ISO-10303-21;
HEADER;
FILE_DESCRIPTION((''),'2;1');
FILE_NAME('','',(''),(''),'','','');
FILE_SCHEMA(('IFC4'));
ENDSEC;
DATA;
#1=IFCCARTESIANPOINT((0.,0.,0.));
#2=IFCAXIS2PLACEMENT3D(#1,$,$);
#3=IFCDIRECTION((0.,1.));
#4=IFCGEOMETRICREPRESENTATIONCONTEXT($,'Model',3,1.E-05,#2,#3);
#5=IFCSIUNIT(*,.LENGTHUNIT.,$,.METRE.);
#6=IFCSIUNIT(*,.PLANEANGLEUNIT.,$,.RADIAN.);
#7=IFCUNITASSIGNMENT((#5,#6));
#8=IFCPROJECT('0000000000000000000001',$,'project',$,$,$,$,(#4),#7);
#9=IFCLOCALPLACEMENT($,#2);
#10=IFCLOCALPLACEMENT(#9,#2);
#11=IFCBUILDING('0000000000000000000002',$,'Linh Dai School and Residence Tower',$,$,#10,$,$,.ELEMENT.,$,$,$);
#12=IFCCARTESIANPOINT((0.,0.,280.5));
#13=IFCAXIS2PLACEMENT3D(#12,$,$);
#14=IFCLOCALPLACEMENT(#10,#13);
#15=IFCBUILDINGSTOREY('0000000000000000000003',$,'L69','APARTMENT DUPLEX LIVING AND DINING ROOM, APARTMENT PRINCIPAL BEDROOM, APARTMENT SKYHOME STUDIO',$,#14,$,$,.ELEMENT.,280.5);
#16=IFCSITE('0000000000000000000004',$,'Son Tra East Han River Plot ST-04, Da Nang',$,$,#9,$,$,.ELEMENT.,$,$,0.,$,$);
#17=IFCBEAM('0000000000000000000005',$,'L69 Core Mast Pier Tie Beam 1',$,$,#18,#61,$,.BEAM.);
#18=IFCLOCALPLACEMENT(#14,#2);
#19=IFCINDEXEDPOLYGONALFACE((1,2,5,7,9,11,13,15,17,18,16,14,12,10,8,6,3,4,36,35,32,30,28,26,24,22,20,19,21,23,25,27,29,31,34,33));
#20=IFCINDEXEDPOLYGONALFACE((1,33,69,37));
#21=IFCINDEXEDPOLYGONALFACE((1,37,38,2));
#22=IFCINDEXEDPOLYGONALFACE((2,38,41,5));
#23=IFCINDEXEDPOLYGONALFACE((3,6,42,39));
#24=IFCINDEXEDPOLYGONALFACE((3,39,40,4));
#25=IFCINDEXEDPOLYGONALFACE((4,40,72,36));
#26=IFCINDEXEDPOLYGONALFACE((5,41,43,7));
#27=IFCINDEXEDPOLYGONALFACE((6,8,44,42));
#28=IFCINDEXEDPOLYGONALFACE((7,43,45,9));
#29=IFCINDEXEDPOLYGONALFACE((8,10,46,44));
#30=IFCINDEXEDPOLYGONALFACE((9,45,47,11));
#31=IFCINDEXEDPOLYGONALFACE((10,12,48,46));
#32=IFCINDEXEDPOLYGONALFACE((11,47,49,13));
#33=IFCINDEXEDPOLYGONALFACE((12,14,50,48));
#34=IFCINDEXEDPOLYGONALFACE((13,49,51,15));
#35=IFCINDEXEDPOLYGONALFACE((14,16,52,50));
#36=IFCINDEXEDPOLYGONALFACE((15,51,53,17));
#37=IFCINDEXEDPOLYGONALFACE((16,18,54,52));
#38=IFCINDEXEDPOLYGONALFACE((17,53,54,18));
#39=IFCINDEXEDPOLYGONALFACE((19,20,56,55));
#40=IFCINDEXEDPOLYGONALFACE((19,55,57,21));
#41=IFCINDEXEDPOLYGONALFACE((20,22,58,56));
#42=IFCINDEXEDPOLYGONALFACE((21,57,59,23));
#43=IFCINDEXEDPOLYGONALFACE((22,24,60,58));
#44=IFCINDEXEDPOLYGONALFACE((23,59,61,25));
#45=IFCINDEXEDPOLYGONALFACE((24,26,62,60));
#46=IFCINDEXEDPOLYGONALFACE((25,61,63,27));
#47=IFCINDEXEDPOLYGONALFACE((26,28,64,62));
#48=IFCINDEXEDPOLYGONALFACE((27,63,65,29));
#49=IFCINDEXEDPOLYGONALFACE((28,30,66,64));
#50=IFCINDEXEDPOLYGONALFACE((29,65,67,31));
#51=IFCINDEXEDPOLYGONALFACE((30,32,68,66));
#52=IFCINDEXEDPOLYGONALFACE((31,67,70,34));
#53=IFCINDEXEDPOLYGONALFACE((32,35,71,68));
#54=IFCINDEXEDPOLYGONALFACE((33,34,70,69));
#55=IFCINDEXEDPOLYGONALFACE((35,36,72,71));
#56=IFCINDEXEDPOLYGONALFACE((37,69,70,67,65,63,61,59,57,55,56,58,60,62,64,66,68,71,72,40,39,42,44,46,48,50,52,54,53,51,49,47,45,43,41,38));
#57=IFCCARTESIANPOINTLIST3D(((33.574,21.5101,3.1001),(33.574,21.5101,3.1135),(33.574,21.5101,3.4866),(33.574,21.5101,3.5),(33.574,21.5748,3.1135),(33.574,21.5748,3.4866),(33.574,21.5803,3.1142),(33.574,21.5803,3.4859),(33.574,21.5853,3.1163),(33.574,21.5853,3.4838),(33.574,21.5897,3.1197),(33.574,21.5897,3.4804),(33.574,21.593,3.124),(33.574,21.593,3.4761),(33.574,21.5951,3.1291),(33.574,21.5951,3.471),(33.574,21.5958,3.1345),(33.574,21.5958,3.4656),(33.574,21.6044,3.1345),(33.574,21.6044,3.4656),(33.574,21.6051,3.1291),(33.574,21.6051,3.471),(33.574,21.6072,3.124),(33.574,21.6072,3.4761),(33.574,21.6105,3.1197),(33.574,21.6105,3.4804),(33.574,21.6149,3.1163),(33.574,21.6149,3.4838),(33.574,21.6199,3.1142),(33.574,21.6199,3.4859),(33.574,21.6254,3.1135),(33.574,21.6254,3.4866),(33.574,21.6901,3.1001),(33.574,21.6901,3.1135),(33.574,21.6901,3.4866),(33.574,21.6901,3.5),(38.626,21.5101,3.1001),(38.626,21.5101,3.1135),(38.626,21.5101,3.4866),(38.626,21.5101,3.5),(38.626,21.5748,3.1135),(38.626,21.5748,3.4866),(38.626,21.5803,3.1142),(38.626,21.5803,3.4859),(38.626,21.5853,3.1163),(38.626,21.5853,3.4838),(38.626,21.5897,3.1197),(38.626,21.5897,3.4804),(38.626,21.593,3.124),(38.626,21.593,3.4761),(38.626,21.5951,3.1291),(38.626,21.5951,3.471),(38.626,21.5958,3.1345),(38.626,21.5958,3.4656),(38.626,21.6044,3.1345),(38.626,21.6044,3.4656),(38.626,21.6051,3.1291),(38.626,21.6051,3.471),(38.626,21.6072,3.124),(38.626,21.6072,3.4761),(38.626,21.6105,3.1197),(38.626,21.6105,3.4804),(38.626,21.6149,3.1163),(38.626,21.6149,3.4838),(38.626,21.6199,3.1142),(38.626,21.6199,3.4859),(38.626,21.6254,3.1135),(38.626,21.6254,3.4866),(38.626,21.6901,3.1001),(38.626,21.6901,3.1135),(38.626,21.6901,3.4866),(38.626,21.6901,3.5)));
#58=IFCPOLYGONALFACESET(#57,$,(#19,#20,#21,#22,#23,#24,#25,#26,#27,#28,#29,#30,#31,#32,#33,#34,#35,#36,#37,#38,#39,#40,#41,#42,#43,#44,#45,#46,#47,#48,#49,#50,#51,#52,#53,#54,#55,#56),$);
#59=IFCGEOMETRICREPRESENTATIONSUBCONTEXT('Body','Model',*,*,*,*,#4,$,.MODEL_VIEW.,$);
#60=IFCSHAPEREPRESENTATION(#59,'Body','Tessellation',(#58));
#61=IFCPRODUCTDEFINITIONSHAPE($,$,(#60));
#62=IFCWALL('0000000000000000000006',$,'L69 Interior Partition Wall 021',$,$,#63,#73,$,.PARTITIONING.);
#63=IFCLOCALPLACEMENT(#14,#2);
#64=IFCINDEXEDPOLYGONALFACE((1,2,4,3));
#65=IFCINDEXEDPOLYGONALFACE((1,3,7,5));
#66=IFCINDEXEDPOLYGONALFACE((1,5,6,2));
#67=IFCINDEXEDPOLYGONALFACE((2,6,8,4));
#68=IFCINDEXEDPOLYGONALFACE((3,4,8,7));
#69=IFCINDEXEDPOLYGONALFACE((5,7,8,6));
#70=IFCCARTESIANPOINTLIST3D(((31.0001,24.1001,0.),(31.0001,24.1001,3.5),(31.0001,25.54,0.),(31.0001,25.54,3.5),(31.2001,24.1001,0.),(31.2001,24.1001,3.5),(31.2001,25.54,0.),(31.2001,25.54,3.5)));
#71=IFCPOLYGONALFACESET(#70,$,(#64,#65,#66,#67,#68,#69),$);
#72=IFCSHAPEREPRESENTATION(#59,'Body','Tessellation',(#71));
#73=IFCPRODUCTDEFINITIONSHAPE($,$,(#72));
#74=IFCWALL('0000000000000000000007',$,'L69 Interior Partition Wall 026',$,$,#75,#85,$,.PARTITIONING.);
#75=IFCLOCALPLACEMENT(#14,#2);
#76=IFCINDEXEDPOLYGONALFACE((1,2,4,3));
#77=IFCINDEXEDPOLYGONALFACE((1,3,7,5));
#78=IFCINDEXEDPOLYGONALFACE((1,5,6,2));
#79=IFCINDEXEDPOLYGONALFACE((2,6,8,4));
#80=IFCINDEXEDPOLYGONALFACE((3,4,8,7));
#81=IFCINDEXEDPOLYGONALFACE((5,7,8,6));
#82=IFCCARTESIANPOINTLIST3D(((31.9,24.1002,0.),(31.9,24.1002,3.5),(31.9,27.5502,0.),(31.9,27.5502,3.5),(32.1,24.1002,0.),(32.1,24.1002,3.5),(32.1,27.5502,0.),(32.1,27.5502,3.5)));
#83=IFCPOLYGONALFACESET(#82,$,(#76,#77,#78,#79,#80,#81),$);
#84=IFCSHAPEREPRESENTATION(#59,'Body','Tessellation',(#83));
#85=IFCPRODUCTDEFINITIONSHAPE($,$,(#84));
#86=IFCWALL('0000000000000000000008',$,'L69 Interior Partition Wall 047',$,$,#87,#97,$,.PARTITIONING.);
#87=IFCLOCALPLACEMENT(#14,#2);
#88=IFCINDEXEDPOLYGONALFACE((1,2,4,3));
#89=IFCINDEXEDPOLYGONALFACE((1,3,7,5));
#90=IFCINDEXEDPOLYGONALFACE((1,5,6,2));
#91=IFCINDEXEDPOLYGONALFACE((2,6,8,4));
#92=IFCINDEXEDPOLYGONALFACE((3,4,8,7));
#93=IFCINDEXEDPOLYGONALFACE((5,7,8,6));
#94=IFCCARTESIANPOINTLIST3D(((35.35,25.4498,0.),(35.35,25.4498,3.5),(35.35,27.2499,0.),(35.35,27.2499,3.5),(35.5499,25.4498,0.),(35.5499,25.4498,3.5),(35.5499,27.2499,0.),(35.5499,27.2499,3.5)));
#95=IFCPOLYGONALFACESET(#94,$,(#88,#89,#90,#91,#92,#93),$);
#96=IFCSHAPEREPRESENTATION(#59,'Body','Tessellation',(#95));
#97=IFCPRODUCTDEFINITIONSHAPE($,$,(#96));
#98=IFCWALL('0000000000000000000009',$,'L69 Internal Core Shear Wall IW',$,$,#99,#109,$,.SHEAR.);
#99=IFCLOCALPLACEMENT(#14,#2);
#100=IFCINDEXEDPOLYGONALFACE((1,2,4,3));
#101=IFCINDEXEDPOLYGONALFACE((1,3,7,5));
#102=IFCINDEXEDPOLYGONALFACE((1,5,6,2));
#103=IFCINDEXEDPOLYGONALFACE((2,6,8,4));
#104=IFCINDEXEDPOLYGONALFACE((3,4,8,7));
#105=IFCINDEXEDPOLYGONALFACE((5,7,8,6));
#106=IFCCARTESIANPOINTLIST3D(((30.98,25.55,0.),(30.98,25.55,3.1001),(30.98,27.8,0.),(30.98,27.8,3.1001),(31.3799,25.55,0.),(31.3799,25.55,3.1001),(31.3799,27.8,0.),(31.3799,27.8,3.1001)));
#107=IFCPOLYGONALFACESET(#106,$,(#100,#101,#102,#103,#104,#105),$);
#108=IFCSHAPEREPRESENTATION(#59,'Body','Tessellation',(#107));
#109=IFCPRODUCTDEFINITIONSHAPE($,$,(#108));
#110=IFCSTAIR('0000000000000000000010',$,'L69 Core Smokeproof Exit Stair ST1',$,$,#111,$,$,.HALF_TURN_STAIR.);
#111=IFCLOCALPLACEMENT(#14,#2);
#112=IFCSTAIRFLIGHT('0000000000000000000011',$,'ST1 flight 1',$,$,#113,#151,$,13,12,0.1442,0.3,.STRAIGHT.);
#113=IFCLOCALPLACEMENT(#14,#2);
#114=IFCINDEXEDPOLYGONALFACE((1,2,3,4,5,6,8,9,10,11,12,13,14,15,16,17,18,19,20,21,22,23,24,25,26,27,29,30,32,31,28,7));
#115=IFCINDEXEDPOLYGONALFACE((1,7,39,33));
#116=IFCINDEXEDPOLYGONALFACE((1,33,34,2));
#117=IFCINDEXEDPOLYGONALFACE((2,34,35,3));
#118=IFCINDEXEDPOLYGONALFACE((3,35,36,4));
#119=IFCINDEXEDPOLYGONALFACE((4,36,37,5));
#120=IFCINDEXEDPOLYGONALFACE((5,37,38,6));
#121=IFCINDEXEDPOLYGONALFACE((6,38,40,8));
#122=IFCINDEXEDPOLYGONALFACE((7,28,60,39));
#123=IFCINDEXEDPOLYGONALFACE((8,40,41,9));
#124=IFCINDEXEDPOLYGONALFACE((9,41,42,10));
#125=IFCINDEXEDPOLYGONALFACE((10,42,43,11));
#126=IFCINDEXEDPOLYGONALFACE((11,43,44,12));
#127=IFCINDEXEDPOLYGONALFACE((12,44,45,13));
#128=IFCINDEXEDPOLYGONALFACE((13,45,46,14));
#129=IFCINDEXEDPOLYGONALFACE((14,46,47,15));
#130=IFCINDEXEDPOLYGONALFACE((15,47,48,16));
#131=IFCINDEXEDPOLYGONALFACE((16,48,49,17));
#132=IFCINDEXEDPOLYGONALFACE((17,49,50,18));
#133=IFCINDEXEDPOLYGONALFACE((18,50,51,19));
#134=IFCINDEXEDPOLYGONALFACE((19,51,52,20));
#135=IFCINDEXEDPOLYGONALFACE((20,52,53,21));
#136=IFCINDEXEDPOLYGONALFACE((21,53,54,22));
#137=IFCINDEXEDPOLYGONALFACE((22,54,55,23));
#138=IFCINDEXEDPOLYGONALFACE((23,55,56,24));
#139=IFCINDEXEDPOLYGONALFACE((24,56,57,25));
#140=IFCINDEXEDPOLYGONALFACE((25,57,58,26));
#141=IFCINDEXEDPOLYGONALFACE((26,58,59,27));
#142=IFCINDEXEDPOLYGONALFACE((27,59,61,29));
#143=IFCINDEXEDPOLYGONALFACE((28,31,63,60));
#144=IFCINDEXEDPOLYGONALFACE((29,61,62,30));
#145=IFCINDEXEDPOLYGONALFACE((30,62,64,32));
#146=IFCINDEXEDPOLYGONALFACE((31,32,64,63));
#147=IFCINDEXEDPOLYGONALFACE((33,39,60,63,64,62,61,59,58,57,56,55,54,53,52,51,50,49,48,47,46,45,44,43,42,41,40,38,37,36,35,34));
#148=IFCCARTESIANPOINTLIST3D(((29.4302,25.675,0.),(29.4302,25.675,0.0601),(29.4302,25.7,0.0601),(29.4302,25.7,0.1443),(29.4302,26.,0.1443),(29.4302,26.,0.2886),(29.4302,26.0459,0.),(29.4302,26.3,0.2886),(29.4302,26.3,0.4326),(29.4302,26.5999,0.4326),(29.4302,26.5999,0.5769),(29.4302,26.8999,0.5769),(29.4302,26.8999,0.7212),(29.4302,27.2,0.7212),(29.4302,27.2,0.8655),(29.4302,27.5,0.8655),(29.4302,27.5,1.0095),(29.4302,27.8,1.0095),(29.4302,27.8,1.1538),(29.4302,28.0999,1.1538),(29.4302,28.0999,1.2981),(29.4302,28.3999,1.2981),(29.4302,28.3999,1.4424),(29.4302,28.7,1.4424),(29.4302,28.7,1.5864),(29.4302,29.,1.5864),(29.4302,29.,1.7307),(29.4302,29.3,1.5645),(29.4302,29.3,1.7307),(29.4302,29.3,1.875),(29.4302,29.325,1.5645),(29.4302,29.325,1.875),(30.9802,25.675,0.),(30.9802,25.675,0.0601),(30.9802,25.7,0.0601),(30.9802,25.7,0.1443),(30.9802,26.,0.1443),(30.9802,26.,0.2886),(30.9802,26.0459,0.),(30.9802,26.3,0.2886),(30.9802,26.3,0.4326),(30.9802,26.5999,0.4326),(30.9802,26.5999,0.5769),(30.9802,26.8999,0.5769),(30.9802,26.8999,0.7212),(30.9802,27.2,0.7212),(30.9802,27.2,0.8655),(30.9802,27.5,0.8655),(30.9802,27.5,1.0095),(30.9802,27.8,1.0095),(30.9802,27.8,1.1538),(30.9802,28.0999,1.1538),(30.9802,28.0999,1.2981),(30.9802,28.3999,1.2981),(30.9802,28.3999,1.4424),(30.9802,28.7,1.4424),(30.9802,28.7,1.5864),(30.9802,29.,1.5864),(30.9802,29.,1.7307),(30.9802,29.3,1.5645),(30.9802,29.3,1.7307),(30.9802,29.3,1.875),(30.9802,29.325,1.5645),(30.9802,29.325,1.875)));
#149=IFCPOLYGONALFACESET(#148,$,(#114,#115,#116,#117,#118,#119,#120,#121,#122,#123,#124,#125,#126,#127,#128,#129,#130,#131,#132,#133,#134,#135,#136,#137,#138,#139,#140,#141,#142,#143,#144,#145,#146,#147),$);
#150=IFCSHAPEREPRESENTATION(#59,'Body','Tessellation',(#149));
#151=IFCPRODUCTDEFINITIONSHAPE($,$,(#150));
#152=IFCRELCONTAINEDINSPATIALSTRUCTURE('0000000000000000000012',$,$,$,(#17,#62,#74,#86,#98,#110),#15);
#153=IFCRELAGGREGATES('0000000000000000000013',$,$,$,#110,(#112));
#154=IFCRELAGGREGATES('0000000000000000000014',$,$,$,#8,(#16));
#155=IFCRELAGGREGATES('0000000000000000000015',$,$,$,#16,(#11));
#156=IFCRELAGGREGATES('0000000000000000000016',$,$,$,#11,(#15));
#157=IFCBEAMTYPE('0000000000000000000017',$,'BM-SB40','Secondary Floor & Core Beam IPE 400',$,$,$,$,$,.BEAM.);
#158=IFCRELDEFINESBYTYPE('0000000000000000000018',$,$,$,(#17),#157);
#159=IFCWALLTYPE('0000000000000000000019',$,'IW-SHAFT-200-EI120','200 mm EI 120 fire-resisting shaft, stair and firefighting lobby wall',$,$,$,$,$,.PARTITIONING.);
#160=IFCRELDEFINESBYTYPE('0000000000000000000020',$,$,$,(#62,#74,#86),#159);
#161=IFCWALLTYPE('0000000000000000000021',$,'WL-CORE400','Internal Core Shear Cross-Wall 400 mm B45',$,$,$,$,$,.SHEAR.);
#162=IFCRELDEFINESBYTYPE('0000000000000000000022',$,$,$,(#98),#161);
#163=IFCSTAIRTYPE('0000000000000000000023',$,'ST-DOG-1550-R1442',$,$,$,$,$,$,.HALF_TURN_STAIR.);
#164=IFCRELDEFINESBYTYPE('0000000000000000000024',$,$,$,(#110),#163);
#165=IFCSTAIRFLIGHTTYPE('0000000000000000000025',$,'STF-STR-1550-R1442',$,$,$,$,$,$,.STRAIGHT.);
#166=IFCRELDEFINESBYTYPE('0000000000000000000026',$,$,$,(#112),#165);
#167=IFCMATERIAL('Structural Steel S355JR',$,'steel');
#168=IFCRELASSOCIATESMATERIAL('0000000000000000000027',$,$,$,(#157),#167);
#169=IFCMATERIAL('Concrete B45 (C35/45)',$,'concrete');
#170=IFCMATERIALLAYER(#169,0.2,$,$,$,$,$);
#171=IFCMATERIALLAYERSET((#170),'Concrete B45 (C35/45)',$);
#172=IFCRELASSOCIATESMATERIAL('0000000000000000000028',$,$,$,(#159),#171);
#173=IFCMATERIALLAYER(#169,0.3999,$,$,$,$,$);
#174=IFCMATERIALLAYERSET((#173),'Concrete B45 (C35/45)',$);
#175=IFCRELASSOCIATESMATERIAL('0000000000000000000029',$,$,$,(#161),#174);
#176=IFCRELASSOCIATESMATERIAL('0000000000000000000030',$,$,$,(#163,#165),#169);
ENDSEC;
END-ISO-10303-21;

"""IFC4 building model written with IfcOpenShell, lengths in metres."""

from ifc_helpers import new_model, si_unit, direction, frame, frame_2d, origin, origin_2d, place, context, subcontext, project, spatial, polyline, rectangle, i_section, outline, extrude, source, transform, mapped, material, layer, layer_set, material_profile, profile_set, type_object, element, aggregate, save


model = new_model("IFC4")

# Units and contexts
model_context = context("Model", 3, precision=1e-05, world=origin(), true_north=direction((0.0, 1.0)))
body_context = subcontext(model_context, "Body", "Model", "MODEL_VIEW")
ifc_project = project(units=[si_unit("LENGTHUNIT", "METRE"), si_unit("PLANEANGLEUNIT", "RADIAN")], contexts=[model_context])

# Site, building, storey
site_placement = place(None, origin())
site = spatial("IfcSite", under=ifc_project, at=site_placement, Name="Son Tra East Han River Plot ST-04, Da Nang", CompositionType="ELEMENT", RefElevation=0.0)
building_placement = place(site_placement, origin())
building = spatial("IfcBuilding", under=site, at=building_placement, Name="Linh Dai School and Residence Tower", CompositionType="ELEMENT")
storey_placement = place(building_placement, frame((0.0, 0.0, 280.5)))
storey = spatial("IfcBuildingStorey", under=building, at=storey_placement, Name="L69", Description="APARTMENT DUPLEX LIVING AND DINING ROOM, APARTMENT PRINCIPAL BEDROOM, APARTMENT SKYHOME STUDIO", CompositionType="ELEMENT", Elevation=280.5)

# Shared definitions
ifc_material_1 = material(Name="Structural Steel S355JR", Category="steel")

# Beam
ifc_material_profile_1 = material_profile(ifc_material_1, i_section(OverallWidth=0.1799, OverallDepth=0.3999, WebThickness=0.0085, FlangeThickness=0.0134, FilletRadius=0.021, at=origin_2d()), Name="IPE 400")
ifc_profile_set_1 = profile_set([ifc_material_profile_1], Name="Structural Steel S355JR")
beam_type = type_object("IfcBeamType", Name="BM-SB40", Description="Secondary Floor & Core Beam IPE 400", PredefinedType="BEAM", material=ifc_profile_set_1)
beam_placement = place(storey_placement, frame((33.574, 21.6001, 3.3), z_axis=(1.0, 0.0, 0.0), x_axis=(0.0, 1.0, 0.0)))
element("IfcBeam", 1, at=beam_placement, inside=storey, type_object=beam_type, Name="L69 Core Mast Pier Tie Beam 1", PredefinedType="BEAM", context=body_context, shape_type="SweptSolid", body=[
    extrude(i_section(OverallWidth=0.1799, OverallDepth=0.3999, WebThickness=0.0085, FlangeThickness=0.0134, FilletRadius=0.021, at=origin_2d()), origin(), (0.0, 0.0, 1.0), 5.052),
])

# Shared definitions
ifc_material_2 = material(Name="Concrete B45 (C35/45)", Category="concrete")
ifc_layer_1 = layer(ifc_material_2, 0.2)
ifc_layer_set_1 = layer_set([ifc_layer_1], Name="Concrete B45 (C35/45)")
wall_type_1 = type_object("IfcWallType", Name="IW-SHAFT-200-EI120", Description="200 mm EI 120 fire-resisting shaft, stair and firefighting lobby wall", PredefinedType="PARTITIONING", material=ifc_layer_set_1)

# Walls
wall_1_placement = place(storey_placement, frame((31.1001, 24.1001, 0.0), z_axis=(0.0, 0.0, 1.0), x_axis=(0.0, 1.0, 0.0)))
element("IfcWall", 2, at=wall_1_placement, inside=storey, type_object=wall_type_1, Name="L69 Interior Partition Wall 021", PredefinedType="PARTITIONING", context=body_context, shape_type="SweptSolid", body=[
    extrude(rectangle(XDim=1.4399, YDim=0.2, at=frame_2d((0.72, 0.0))), origin(), (0.0, 0.0, 1.0), 3.5),
])
wall_2_placement = place(storey_placement, frame((32.0, 24.1001, 0.0), z_axis=(0.0, 0.0, 1.0), x_axis=(0.0, 1.0, 0.0)))
element("IfcWall", 3, at=wall_2_placement, inside=storey, type_object=wall_type_1, Name="L69 Interior Partition Wall 026", PredefinedType="PARTITIONING", context=body_context, shape_type="SweptSolid", body=[
    extrude(rectangle(XDim=3.45, YDim=0.2, at=frame_2d((1.7251, 0.0))), origin(), (0.0, 0.0, 1.0), 3.5),
])

# Wall
wall_3_placement = place(storey_placement, frame((35.45, 25.45, 0.0), z_axis=(0.0, 0.0, 1.0), x_axis=(0.0, 1.0, 0.0)))
element("IfcWall", 4, at=wall_3_placement, inside=storey, type_object=wall_type_1, Name="L69 Interior Partition Wall 047", PredefinedType="PARTITIONING", context=body_context, shape_type="SweptSolid", body=[
    extrude(rectangle(XDim=1.8, YDim=0.2, at=frame_2d((0.8999, 0.0))), origin(), (0.0, 0.0, 1.0), 3.5),
])

# Wall
ifc_layer_2 = layer(ifc_material_2, 0.3999)
ifc_layer_set_2 = layer_set([ifc_layer_2], Name="Concrete B45 (C35/45)")
wall_type_2 = type_object("IfcWallType", Name="WL-CORE400", Description="Internal Core Shear Cross-Wall 400 mm B45", PredefinedType="SHEAR", material=ifc_layer_set_2)
wall_4_placement = place(storey_placement, frame((31.1799, 25.55, 0.0), z_axis=(0.0, 0.0, 1.0), x_axis=(0.0, 1.0, 0.0)))
element("IfcWall", 5, at=wall_4_placement, inside=storey, type_object=wall_type_2, Name="L69 Internal Core Shear Wall IW", PredefinedType="SHEAR", context=body_context, shape_type="SweptSolid", body=[
    extrude(rectangle(XDim=2.25, YDim=0.3999, at=frame_2d((1.125, 0.0))), origin(), (0.0, 0.0, 1.0), 3.1001),
])

# Stair, stair flight
stair_type = type_object("IfcStairType", Name="ST-DOG-1550-R1442", PredefinedType="HALF_TURN_STAIR", material=ifc_material_2)
stair_placement = place(storey_placement, origin())
stair = element("IfcStair", 6, at=stair_placement, inside=storey, type_object=stair_type, Name="L69 Core Smokeproof Exit Stair ST1", PredefinedType="HALF_TURN_STAIR")
stair_flight_type = type_object("IfcStairFlightType", Name="STF-STR-1550-R1442", PredefinedType="STRAIGHT", material=ifc_material_2)
shared_shape_1 = source(origin(), body_context, "Body", "SweptSolid", [
    extrude(outline(polyline([(-0.0249, 0.0), (-0.0249, 0.0601), (0.0, 0.0601), (0.0, 0.1443), (0.3, 0.1443), (0.3, 0.2886), (0.6001, 0.2886), (0.6001, 0.4326), (0.8999, 0.4326), (0.8999, 0.5769), (1.2, 0.5769), (1.2, 0.7212), (1.5, 0.7212), (1.5, 0.8655), (1.8, 0.8655), (1.8, 1.0095), (2.1001, 1.0095), (2.1001, 1.1538), (2.3999, 1.1538), (2.3999, 1.2981), (2.7, 1.2981), (2.7, 1.4424), (3.0, 1.4424), (3.0, 1.5864), (3.3, 1.5864), (3.3, 1.7307), (3.6001, 1.7307), (3.6001, 1.875), (3.625, 1.875), (3.625, 1.5645), (3.6001, 1.5645), (0.3459, 0.0), (-0.0249, 0.0)])), frame((0.0, 0.7749, 0.0), z_axis=(0.0, -1.0, 0.0), x_axis=(1.0, 0.0, 0.0)), (0.0, 0.0, 1.0), 1.55),
])
stair_flight_placement = place(storey_placement, frame((30.2051, 25.7, 0.0), z_axis=(0.0, 0.0, 1.0), x_axis=(0.0, 1.0, 0.0)))
stair_flight = element("IfcStairFlight", 7, at=stair_flight_placement, type_object=stair_flight_type, Name="ST1 flight 1", NumberOfRisers=13, NumberOfTreads=12, PredefinedType="STRAIGHT", RiserHeight=0.1442, TreadLength=0.3, context=body_context, shape_type="MappedRepresentation", body=[
    mapped(shared_shape_1, transform((0.0, 0.0, 0.0), x_axis=(1.0, 0.0, 0.0), y_axis=(0.0, 1.0, 0.0), z_axis=(0.0, 0.0, 1.0), scale=1.0)),
])
aggregate(stair, [stair_flight])

save(model, "model.ifc")
